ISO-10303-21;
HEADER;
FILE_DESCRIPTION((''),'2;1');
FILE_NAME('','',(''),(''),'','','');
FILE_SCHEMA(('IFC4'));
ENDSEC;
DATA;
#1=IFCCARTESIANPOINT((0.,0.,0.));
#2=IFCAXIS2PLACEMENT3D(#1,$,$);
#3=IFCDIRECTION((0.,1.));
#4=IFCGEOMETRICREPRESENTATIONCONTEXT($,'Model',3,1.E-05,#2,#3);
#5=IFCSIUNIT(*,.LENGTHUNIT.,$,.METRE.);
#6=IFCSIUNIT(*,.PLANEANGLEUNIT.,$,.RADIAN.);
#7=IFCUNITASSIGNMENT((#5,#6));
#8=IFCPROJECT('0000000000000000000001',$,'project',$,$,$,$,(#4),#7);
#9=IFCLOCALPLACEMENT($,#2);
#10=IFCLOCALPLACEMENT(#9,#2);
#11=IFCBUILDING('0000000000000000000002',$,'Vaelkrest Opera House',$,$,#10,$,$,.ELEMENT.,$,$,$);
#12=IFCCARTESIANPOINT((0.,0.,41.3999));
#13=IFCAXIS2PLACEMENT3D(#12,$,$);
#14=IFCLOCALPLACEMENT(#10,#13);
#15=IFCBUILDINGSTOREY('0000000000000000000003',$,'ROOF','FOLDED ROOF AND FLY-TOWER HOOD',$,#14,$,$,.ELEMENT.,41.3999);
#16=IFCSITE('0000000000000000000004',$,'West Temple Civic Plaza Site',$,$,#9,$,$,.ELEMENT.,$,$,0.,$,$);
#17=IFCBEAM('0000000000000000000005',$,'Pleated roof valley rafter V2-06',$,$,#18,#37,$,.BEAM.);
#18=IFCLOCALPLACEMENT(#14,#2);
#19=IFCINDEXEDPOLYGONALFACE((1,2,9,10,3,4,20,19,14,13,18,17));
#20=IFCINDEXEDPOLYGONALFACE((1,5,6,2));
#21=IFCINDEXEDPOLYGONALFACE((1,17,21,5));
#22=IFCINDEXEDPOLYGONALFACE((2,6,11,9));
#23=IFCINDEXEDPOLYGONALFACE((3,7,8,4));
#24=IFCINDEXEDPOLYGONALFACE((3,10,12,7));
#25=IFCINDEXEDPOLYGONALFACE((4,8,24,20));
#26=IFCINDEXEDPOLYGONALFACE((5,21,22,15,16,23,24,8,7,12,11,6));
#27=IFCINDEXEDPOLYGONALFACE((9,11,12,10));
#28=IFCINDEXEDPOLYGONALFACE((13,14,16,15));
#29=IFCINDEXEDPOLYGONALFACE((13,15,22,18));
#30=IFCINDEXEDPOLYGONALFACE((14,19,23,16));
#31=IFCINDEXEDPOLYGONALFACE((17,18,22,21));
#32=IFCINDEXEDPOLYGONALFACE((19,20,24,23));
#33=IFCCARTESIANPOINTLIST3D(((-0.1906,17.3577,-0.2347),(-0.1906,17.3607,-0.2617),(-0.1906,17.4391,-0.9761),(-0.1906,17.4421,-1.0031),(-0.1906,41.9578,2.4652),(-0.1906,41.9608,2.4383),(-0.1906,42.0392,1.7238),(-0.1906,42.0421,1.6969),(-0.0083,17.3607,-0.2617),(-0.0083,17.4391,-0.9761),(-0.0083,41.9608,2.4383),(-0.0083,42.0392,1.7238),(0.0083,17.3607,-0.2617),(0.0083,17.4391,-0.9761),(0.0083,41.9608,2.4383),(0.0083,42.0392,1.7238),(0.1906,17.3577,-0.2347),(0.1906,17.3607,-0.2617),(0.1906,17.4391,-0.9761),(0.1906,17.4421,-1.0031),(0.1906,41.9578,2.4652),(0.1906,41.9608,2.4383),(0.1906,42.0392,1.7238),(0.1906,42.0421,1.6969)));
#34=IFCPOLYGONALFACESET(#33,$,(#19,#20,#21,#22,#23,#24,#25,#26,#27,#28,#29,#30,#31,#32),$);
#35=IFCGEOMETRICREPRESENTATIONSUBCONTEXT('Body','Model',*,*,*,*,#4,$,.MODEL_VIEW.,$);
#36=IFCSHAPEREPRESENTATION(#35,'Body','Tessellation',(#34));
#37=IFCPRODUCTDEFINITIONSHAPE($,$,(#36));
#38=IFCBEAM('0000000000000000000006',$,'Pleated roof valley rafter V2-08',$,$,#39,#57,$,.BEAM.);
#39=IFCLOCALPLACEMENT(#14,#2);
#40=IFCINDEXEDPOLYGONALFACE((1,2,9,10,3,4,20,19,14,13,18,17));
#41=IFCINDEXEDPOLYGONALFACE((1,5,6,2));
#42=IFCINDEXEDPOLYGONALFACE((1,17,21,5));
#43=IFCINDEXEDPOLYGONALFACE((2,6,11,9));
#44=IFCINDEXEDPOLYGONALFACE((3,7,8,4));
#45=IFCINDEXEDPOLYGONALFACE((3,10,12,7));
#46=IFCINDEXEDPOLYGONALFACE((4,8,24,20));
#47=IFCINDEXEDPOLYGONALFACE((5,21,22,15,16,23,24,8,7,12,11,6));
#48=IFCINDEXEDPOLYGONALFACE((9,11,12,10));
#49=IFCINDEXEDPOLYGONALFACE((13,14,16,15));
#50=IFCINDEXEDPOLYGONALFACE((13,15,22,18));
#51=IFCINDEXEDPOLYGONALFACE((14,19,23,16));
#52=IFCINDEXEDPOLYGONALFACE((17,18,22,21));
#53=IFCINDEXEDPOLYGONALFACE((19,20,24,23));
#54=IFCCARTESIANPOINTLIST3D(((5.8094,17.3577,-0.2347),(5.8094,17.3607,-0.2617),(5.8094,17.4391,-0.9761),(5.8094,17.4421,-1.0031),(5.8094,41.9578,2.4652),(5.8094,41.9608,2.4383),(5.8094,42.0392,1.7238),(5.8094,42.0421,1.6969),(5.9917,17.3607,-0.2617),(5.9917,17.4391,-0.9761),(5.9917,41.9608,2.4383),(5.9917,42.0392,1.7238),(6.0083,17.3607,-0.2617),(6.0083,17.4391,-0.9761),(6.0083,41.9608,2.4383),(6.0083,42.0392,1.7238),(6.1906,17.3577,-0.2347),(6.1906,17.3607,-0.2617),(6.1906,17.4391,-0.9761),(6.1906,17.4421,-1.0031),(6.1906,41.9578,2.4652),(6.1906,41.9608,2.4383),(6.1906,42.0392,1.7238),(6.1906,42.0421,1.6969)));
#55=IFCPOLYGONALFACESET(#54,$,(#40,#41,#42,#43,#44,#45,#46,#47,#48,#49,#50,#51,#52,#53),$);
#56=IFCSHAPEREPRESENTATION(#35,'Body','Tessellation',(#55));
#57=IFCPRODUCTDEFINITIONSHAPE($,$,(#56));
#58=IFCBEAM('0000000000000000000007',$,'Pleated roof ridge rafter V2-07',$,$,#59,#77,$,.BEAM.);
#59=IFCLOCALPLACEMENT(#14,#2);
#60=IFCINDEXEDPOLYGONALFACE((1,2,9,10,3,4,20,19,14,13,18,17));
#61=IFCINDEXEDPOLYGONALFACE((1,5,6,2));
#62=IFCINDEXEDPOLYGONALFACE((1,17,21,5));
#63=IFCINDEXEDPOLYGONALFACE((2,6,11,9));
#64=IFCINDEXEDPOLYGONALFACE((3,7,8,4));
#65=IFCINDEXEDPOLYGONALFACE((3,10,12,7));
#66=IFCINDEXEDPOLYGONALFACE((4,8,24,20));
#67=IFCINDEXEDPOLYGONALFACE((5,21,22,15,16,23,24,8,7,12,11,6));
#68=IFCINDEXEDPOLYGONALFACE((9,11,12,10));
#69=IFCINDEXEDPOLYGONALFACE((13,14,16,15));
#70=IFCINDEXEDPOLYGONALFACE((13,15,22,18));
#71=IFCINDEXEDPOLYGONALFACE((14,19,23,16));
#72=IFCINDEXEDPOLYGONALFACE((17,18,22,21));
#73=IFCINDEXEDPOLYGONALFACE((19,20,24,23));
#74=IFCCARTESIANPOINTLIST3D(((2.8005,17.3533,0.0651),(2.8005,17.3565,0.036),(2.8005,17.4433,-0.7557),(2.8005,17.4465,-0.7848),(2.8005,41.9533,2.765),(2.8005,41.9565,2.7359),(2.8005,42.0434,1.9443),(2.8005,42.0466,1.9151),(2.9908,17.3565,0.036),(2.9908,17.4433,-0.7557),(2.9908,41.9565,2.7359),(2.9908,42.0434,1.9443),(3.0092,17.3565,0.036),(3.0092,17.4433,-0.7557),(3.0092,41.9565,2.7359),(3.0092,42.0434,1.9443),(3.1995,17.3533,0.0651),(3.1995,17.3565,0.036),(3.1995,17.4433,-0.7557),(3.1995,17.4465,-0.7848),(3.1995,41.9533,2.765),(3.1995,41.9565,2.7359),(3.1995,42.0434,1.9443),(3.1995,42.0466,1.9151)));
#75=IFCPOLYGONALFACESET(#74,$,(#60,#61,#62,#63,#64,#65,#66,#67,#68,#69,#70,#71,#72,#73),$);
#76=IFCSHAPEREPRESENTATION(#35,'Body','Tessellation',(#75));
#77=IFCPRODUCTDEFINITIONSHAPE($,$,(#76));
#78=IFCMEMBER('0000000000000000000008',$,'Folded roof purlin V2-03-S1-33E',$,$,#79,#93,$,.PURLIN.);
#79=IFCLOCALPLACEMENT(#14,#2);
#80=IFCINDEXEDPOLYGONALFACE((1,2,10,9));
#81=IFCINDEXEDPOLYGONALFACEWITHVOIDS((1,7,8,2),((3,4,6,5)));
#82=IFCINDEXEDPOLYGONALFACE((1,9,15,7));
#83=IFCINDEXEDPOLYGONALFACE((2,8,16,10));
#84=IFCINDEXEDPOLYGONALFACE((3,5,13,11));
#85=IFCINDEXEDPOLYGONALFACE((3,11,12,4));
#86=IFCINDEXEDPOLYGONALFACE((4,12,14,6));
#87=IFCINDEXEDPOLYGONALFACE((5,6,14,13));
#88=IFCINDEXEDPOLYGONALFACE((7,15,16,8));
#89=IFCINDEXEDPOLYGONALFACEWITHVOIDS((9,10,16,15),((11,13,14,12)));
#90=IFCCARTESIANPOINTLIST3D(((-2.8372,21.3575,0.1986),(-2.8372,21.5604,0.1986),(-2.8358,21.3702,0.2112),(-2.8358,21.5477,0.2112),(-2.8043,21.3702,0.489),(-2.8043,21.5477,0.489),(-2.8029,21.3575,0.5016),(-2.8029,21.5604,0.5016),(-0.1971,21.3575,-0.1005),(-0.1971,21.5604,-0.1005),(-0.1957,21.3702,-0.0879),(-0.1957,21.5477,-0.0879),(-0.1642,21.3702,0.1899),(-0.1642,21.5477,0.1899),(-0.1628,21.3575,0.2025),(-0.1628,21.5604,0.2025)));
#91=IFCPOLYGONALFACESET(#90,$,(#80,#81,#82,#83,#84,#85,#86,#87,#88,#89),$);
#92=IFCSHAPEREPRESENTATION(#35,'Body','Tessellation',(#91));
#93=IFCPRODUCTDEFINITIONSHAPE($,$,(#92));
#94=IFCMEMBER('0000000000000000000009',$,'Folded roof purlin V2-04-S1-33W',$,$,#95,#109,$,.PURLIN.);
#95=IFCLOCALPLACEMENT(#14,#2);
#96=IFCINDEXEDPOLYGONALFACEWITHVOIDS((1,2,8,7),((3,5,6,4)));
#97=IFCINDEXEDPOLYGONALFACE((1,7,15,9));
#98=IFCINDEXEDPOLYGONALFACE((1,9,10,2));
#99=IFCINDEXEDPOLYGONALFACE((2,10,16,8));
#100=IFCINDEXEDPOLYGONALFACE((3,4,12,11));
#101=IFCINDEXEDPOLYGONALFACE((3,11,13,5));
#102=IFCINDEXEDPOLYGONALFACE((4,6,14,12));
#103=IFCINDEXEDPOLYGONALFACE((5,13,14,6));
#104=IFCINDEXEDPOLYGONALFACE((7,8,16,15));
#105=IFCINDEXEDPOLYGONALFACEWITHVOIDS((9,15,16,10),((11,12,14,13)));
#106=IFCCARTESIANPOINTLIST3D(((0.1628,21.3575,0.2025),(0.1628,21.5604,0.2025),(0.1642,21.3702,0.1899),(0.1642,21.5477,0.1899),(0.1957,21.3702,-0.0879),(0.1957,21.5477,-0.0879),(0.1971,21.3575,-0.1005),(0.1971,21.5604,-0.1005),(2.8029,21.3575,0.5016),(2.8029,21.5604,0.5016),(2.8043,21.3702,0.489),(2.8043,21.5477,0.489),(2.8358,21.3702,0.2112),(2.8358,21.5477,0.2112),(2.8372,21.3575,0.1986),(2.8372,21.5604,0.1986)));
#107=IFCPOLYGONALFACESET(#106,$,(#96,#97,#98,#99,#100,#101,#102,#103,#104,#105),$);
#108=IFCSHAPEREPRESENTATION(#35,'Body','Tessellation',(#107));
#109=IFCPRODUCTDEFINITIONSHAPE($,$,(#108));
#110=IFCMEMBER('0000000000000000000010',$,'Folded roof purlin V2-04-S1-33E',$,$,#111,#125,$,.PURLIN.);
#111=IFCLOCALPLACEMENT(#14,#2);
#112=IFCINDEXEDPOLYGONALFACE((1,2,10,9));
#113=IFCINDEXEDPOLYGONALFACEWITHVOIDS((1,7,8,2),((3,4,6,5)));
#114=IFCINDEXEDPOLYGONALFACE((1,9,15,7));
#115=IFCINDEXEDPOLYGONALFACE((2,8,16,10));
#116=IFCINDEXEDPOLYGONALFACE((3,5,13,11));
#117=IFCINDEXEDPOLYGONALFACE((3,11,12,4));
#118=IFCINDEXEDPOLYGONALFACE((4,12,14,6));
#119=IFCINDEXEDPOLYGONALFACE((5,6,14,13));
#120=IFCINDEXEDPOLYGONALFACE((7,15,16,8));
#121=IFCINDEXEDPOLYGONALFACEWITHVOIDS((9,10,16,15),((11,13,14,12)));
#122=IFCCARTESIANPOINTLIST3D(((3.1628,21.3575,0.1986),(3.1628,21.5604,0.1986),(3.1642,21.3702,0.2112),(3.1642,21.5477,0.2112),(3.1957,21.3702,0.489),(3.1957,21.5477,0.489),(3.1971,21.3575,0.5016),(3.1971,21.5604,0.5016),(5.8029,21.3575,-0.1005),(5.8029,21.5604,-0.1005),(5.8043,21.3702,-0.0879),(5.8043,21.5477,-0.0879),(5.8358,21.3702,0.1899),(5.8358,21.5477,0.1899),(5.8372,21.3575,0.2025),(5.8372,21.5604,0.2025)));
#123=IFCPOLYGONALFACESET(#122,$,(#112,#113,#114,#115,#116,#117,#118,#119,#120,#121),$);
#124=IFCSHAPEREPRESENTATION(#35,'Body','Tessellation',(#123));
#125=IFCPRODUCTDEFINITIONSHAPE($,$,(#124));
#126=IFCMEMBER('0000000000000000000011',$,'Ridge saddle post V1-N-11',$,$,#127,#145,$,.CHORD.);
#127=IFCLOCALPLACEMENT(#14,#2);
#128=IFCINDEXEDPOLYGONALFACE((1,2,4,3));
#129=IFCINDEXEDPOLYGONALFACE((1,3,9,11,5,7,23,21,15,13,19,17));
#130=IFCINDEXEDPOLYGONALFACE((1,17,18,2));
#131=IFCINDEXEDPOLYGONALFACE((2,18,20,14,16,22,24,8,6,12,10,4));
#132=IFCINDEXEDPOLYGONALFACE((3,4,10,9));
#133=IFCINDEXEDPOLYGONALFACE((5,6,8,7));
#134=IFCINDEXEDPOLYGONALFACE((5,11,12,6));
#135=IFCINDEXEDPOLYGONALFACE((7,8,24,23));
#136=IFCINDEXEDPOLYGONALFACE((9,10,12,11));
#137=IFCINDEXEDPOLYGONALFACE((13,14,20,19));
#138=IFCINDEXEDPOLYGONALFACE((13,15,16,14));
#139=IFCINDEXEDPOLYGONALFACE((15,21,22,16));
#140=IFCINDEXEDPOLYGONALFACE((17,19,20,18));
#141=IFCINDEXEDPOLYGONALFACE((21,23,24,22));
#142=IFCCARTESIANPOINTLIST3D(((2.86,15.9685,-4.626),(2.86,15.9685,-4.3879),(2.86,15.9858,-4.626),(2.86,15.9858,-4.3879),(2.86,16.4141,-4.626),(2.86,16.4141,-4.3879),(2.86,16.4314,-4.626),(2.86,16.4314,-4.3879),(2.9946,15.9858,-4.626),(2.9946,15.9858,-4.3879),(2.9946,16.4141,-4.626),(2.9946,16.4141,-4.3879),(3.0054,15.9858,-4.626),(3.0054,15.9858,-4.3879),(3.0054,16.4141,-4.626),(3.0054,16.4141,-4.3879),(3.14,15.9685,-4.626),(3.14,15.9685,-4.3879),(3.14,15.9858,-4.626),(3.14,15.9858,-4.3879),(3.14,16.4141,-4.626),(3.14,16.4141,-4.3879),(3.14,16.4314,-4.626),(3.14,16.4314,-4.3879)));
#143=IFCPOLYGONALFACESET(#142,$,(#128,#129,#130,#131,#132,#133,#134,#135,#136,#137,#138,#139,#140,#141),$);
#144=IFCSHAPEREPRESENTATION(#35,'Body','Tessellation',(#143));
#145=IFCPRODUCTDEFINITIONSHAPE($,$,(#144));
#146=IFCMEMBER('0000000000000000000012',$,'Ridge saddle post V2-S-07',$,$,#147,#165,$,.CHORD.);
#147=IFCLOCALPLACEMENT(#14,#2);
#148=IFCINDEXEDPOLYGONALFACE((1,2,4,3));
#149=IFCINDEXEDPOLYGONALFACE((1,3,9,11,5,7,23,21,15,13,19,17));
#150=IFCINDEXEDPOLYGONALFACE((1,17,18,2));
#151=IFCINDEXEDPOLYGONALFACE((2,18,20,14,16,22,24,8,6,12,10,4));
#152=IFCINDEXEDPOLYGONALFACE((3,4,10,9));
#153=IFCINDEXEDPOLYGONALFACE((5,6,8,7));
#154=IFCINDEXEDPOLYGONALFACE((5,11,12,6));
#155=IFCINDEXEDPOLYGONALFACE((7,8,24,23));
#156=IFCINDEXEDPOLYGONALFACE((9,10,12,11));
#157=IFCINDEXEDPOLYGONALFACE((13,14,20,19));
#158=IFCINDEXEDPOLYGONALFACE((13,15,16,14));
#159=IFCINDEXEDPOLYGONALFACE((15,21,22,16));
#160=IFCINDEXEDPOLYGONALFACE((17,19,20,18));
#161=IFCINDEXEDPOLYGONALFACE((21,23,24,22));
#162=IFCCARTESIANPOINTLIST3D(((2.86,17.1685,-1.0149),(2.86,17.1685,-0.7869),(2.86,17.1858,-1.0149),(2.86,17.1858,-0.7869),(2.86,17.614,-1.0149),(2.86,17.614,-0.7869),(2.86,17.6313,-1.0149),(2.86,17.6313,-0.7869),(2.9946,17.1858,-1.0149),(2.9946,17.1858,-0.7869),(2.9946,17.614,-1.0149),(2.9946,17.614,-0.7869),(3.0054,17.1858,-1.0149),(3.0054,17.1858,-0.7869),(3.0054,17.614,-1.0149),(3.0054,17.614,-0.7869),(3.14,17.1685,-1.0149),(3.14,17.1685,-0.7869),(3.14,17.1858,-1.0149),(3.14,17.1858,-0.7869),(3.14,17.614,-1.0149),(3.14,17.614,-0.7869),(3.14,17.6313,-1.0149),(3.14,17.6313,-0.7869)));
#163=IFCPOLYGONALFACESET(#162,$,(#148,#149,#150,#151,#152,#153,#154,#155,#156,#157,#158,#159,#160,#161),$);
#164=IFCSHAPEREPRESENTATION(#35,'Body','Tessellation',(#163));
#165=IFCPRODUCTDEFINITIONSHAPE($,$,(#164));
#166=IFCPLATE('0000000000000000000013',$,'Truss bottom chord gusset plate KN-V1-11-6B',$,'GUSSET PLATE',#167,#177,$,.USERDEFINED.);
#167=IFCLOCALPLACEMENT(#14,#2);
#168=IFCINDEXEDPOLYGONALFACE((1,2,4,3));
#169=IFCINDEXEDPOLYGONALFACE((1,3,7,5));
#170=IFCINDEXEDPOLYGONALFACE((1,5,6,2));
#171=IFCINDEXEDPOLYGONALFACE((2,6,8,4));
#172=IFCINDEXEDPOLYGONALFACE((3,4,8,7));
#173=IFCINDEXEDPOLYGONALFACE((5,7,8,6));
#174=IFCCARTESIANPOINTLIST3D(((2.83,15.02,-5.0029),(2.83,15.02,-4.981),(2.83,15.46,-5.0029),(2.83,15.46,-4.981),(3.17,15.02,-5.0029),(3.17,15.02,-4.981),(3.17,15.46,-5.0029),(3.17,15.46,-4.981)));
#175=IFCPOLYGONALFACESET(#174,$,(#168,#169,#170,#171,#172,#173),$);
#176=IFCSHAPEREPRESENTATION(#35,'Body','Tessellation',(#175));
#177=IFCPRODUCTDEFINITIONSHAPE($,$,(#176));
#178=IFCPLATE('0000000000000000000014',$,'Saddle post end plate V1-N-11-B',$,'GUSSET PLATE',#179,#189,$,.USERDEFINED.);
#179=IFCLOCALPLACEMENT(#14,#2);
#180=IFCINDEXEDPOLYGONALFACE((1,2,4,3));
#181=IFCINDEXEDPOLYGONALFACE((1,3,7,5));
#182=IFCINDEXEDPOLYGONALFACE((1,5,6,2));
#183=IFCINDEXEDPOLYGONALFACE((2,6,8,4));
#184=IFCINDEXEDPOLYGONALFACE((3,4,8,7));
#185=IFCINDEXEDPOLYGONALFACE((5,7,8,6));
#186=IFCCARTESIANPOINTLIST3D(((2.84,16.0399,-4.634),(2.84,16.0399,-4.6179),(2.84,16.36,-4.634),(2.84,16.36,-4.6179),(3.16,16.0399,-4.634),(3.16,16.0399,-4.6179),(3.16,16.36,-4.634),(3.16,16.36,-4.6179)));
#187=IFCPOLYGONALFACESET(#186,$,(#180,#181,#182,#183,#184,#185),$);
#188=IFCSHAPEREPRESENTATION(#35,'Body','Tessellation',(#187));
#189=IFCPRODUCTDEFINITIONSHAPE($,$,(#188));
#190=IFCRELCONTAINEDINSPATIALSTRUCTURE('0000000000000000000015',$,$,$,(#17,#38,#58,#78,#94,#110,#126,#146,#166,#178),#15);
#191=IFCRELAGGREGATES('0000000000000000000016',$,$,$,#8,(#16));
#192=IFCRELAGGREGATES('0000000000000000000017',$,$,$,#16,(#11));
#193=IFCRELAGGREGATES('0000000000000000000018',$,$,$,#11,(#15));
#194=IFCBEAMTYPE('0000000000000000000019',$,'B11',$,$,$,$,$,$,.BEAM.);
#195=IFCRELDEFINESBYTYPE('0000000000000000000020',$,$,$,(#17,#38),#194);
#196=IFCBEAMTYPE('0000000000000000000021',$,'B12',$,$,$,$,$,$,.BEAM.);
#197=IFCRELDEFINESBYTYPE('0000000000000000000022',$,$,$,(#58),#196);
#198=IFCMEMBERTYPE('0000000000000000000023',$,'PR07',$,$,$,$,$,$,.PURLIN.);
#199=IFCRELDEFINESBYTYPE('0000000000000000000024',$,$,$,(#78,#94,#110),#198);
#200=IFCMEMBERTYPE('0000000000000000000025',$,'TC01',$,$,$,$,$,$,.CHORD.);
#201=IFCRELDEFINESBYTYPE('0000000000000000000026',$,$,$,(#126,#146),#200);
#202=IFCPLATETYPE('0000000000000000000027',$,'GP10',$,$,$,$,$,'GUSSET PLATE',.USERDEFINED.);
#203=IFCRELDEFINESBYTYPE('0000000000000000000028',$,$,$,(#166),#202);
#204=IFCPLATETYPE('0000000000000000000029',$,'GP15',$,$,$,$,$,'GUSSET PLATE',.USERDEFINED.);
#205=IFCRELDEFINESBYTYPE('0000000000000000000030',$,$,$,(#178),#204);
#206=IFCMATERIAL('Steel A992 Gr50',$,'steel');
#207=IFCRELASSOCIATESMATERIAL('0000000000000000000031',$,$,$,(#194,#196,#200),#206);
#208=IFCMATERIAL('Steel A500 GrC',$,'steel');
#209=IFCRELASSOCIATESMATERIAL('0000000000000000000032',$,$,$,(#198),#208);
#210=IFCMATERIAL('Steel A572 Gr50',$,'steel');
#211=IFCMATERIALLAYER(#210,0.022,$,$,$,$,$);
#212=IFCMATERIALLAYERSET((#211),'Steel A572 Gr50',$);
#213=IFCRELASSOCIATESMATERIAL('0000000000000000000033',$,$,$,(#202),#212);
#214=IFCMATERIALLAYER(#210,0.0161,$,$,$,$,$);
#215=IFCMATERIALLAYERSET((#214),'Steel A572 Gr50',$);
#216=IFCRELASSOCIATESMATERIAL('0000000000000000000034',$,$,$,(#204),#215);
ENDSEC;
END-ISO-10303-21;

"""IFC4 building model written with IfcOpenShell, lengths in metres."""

from ifc_helpers import new_model, si_unit, direction, frame, origin, origin_2d, place, context, subcontext, project, spatial, rectangle, hollow_rectangle, i_section, extrude, material, layer, layer_set, material_profile, profile_set, type_object, element, save


model = new_model("IFC4")

# Units and contexts
model_context = context("Model", 3, precision=1e-05, world=origin(), true_north=direction((0.0, 1.0)))
body_context = subcontext(model_context, "Body", "Model", "MODEL_VIEW")
ifc_project = project(units=[si_unit("LENGTHUNIT", "METRE"), si_unit("PLANEANGLEUNIT", "RADIAN")], contexts=[model_context])

# Site, building, storey
site_placement = place(None, origin())
site = spatial("IfcSite", under=ifc_project, at=site_placement, Name="West Temple Civic Plaza Site", CompositionType="ELEMENT", RefElevation=0.0)
building_placement = place(site_placement, origin())
building = spatial("IfcBuilding", under=site, at=building_placement, Name="Vaelkrest Opera House", CompositionType="ELEMENT")
storey_placement = place(building_placement, frame((0.0, 0.0, 41.3999)))
storey = spatial("IfcBuildingStorey", under=building, at=storey_placement, Name="ROOF", Description="FOLDED ROOF AND FLY-TOWER HOOD", CompositionType="ELEMENT", Elevation=41.3999)

# Beams
ifc_material_1 = material(Name="Steel A992 Gr50", Category="steel")
ifc_material_profile_1 = material_profile(ifc_material_1, i_section(OverallWidth=0.3811, OverallDepth=0.7729, WebThickness=0.0166, FlangeThickness=0.0271, at=origin_2d()), Name="W30X173")
ifc_profile_set_1 = profile_set([ifc_material_profile_1], Name="Steel A992 Gr50")
beam_type_1 = type_object("IfcBeamType", Name="B11", PredefinedType="BEAM", material=ifc_profile_set_1)
for number, where, z_axis, x_axis, name in (
    (1, (0.0, 17.3999, -0.6189), (0.0, 0.994031, 0.109099), (-1.0, 0.0, 0.0), "Pleated roof valley rafter V2-06"),
    (2, (6.0, 17.3999, -0.6189), (0.0, 0.994031, 0.109099), (-1.0, 0.0, 0.0), "Pleated roof valley rafter V2-08"),
):
    element("IfcBeam", number, at=place(storey_placement, frame(where, z_axis=z_axis, x_axis=x_axis)), inside=storey, type_object=beam_type_1, Name=name, PredefinedType="BEAM", context=body_context, shape_type="SweptSolid", body=[
        extrude(i_section(OverallWidth=0.3811, OverallDepth=0.7729, WebThickness=0.0166, FlangeThickness=0.0271, at=origin_2d()), origin(), (0.0, 0.0, 1.0), 24.7478),
    ])
ifc_material_profile_2 = material_profile(ifc_material_1, i_section(OverallWidth=0.3989, OverallDepth=0.855, WebThickness=0.0183, FlangeThickness=0.0293, at=origin_2d()), Name="W33X201")
ifc_profile_set_2 = profile_set([ifc_material_profile_2], Name="Steel A992 Gr50")
beam_type_2 = type_object("IfcBeamType", Name="B12", PredefinedType="BEAM", material=ifc_profile_set_2)
beam_placement = place(storey_placement, frame((3.0, 17.3999, -0.3599), z_axis=(0.0, 0.994031, 0.109099), x_axis=(-1.0, 0.0, 0.0)))
element("IfcBeam", 3, at=beam_placement, inside=storey, type_object=beam_type_2, Name="Pleated roof ridge rafter V2-07", PredefinedType="BEAM", context=body_context, shape_type="SweptSolid", body=[
    extrude(i_section(OverallWidth=0.3989, OverallDepth=0.855, WebThickness=0.0183, FlangeThickness=0.0293, at=origin_2d()), origin(), (0.0, 0.0, 1.0), 24.7478),
])

# Members
ifc_material_2 = material(Name="Steel A500 GrC", Category="steel")
ifc_material_profile_3 = material_profile(ifc_material_2, hollow_rectangle(XDim=0.2029, YDim=0.3049, WallThickness=0.0127, at=origin_2d()), Name="HSS305X203X12.7")
ifc_profile_set_3 = profile_set([ifc_material_profile_3], Name="Steel A500 GrC")
member_type_1 = type_object("IfcMemberType", Name="PR07", PredefinedType="PURLIN", material=ifc_profile_set_3)
for number, where, z_axis, x_axis, name in (
    (4, (-2.8201, 21.459, 0.3501), (0.993645, 0.0, -0.112559), (0.0, 1.0, 0.0), "Folded roof purlin V2-03-S1-33E"),
    (5, (0.1799, 21.459, 0.051), (0.993645, 0.0, 0.112559), (0.0, 1.0, 0.0), "Folded roof purlin V2-04-S1-33W"),
    (6, (3.1799, 21.459, 0.3501), (0.993645, 0.0, -0.112559), (0.0, 1.0, 0.0), "Folded roof purlin V2-04-S1-33E"),
):
    element("IfcMember", number, at=place(storey_placement, frame(where, z_axis=z_axis, x_axis=x_axis)), inside=storey, type_object=member_type_1, Name=name, PredefinedType="PURLIN", context=body_context, shape_type="SweptSolid", body=[
        extrude(hollow_rectangle(XDim=0.2029, YDim=0.3049, WallThickness=0.0127, at=origin_2d()), origin(), (0.0, 0.0, 1.0), 2.657),
    ])
ifc_material_profile_4 = material_profile(ifc_material_1, i_section(OverallWidth=0.28, OverallDepth=0.4629, WebThickness=0.0107, FlangeThickness=0.0173, at=origin_2d()), Name="W18X76")
ifc_profile_set_4 = profile_set([ifc_material_profile_4], Name="Steel A992 Gr50")
member_type_2 = type_object("IfcMemberType", Name="TC01", PredefinedType="CHORD", material=ifc_profile_set_4)
member_1_placement = place(storey_placement, frame((3.0, 16.2, -4.626), z_axis=(0.0, 0.0, 1.0), x_axis=(1.0, 0.0, 0.0)))
element("IfcMember", 7, at=member_1_placement, inside=storey, type_object=member_type_2, Name="Ridge saddle post V1-N-11", PredefinedType="CHORD", context=body_context, shape_type="SweptSolid", body=[
    extrude(i_section(OverallWidth=0.28, OverallDepth=0.4629, WebThickness=0.0107, FlangeThickness=0.0173, at=origin_2d()), origin(), (0.0, 0.0, 1.0), 0.238),
])
member_2_placement = place(storey_placement, frame((3.0, 17.3999, -1.0149), z_axis=(0.0, 0.0, 1.0), x_axis=(1.0, 0.0, 0.0)))
element("IfcMember", 8, at=member_2_placement, inside=storey, type_object=member_type_2, Name="Ridge saddle post V2-S-07", PredefinedType="CHORD", context=body_context, shape_type="SweptSolid", body=[
    extrude(i_section(OverallWidth=0.28, OverallDepth=0.4629, WebThickness=0.0107, FlangeThickness=0.0173, at=origin_2d()), origin(), (0.0, 0.0, 1.0), 0.228),
])

# Plates
ifc_material_3 = material(Name="Steel A572 Gr50", Category="steel")
ifc_layer_1 = layer(ifc_material_3, 0.022)
ifc_layer_set_1 = layer_set([ifc_layer_1], Name="Steel A572 Gr50")
plate_type_1 = type_object("IfcPlateType", Name="GP10", ElementType="GUSSET PLATE", PredefinedType="USERDEFINED", material=ifc_layer_set_1)
plate_placement = place(storey_placement, frame((3.0, 15.24, -5.0029), z_axis=(0.0, 0.0, 1.0), x_axis=(0.0, 1.0, 0.0)))
element("IfcPlate", 9, at=plate_placement, inside=storey, type_object=plate_type_1, Name="Truss bottom chord gusset plate KN-V1-11-6B", ObjectType="GUSSET PLATE", PredefinedType="USERDEFINED", context=body_context, shape_type="SweptSolid", body=[
    extrude(rectangle(XDim=0.4399, YDim=0.3401, at=origin_2d()), origin(), (0.0, 0.0, 1.0), 0.022),
])
ifc_layer_2 = layer(ifc_material_3, 0.0161)
ifc_layer_set_2 = layer_set([ifc_layer_2], Name="Steel A572 Gr50")
plate_type_2 = type_object("IfcPlateType", Name="GP15", ElementType="GUSSET PLATE", PredefinedType="USERDEFINED", material=ifc_layer_set_2)
for number, where, z_axis, x_axis, name in (
    (10, (3.0, 16.2, -4.634), (0.0, 0.0, 1.0), (1.0, 0.0, 0.0), "Saddle post end plate V1-N-11-B"),
):
    element("IfcPlate", number, at=place(storey_placement, frame(where, z_axis=z_axis, x_axis=x_axis)), inside=storey, type_object=plate_type_2, Name=name, ObjectType="GUSSET PLATE", PredefinedType="USERDEFINED", context=body_context, shape_type="SweptSolid", body=[
        extrude(rectangle(XDim=0.3201, YDim=0.3201, at=origin_2d()), origin(), (0.0, 0.0, 1.0), 0.0161),
    ])

save(model, "model.ifc")
